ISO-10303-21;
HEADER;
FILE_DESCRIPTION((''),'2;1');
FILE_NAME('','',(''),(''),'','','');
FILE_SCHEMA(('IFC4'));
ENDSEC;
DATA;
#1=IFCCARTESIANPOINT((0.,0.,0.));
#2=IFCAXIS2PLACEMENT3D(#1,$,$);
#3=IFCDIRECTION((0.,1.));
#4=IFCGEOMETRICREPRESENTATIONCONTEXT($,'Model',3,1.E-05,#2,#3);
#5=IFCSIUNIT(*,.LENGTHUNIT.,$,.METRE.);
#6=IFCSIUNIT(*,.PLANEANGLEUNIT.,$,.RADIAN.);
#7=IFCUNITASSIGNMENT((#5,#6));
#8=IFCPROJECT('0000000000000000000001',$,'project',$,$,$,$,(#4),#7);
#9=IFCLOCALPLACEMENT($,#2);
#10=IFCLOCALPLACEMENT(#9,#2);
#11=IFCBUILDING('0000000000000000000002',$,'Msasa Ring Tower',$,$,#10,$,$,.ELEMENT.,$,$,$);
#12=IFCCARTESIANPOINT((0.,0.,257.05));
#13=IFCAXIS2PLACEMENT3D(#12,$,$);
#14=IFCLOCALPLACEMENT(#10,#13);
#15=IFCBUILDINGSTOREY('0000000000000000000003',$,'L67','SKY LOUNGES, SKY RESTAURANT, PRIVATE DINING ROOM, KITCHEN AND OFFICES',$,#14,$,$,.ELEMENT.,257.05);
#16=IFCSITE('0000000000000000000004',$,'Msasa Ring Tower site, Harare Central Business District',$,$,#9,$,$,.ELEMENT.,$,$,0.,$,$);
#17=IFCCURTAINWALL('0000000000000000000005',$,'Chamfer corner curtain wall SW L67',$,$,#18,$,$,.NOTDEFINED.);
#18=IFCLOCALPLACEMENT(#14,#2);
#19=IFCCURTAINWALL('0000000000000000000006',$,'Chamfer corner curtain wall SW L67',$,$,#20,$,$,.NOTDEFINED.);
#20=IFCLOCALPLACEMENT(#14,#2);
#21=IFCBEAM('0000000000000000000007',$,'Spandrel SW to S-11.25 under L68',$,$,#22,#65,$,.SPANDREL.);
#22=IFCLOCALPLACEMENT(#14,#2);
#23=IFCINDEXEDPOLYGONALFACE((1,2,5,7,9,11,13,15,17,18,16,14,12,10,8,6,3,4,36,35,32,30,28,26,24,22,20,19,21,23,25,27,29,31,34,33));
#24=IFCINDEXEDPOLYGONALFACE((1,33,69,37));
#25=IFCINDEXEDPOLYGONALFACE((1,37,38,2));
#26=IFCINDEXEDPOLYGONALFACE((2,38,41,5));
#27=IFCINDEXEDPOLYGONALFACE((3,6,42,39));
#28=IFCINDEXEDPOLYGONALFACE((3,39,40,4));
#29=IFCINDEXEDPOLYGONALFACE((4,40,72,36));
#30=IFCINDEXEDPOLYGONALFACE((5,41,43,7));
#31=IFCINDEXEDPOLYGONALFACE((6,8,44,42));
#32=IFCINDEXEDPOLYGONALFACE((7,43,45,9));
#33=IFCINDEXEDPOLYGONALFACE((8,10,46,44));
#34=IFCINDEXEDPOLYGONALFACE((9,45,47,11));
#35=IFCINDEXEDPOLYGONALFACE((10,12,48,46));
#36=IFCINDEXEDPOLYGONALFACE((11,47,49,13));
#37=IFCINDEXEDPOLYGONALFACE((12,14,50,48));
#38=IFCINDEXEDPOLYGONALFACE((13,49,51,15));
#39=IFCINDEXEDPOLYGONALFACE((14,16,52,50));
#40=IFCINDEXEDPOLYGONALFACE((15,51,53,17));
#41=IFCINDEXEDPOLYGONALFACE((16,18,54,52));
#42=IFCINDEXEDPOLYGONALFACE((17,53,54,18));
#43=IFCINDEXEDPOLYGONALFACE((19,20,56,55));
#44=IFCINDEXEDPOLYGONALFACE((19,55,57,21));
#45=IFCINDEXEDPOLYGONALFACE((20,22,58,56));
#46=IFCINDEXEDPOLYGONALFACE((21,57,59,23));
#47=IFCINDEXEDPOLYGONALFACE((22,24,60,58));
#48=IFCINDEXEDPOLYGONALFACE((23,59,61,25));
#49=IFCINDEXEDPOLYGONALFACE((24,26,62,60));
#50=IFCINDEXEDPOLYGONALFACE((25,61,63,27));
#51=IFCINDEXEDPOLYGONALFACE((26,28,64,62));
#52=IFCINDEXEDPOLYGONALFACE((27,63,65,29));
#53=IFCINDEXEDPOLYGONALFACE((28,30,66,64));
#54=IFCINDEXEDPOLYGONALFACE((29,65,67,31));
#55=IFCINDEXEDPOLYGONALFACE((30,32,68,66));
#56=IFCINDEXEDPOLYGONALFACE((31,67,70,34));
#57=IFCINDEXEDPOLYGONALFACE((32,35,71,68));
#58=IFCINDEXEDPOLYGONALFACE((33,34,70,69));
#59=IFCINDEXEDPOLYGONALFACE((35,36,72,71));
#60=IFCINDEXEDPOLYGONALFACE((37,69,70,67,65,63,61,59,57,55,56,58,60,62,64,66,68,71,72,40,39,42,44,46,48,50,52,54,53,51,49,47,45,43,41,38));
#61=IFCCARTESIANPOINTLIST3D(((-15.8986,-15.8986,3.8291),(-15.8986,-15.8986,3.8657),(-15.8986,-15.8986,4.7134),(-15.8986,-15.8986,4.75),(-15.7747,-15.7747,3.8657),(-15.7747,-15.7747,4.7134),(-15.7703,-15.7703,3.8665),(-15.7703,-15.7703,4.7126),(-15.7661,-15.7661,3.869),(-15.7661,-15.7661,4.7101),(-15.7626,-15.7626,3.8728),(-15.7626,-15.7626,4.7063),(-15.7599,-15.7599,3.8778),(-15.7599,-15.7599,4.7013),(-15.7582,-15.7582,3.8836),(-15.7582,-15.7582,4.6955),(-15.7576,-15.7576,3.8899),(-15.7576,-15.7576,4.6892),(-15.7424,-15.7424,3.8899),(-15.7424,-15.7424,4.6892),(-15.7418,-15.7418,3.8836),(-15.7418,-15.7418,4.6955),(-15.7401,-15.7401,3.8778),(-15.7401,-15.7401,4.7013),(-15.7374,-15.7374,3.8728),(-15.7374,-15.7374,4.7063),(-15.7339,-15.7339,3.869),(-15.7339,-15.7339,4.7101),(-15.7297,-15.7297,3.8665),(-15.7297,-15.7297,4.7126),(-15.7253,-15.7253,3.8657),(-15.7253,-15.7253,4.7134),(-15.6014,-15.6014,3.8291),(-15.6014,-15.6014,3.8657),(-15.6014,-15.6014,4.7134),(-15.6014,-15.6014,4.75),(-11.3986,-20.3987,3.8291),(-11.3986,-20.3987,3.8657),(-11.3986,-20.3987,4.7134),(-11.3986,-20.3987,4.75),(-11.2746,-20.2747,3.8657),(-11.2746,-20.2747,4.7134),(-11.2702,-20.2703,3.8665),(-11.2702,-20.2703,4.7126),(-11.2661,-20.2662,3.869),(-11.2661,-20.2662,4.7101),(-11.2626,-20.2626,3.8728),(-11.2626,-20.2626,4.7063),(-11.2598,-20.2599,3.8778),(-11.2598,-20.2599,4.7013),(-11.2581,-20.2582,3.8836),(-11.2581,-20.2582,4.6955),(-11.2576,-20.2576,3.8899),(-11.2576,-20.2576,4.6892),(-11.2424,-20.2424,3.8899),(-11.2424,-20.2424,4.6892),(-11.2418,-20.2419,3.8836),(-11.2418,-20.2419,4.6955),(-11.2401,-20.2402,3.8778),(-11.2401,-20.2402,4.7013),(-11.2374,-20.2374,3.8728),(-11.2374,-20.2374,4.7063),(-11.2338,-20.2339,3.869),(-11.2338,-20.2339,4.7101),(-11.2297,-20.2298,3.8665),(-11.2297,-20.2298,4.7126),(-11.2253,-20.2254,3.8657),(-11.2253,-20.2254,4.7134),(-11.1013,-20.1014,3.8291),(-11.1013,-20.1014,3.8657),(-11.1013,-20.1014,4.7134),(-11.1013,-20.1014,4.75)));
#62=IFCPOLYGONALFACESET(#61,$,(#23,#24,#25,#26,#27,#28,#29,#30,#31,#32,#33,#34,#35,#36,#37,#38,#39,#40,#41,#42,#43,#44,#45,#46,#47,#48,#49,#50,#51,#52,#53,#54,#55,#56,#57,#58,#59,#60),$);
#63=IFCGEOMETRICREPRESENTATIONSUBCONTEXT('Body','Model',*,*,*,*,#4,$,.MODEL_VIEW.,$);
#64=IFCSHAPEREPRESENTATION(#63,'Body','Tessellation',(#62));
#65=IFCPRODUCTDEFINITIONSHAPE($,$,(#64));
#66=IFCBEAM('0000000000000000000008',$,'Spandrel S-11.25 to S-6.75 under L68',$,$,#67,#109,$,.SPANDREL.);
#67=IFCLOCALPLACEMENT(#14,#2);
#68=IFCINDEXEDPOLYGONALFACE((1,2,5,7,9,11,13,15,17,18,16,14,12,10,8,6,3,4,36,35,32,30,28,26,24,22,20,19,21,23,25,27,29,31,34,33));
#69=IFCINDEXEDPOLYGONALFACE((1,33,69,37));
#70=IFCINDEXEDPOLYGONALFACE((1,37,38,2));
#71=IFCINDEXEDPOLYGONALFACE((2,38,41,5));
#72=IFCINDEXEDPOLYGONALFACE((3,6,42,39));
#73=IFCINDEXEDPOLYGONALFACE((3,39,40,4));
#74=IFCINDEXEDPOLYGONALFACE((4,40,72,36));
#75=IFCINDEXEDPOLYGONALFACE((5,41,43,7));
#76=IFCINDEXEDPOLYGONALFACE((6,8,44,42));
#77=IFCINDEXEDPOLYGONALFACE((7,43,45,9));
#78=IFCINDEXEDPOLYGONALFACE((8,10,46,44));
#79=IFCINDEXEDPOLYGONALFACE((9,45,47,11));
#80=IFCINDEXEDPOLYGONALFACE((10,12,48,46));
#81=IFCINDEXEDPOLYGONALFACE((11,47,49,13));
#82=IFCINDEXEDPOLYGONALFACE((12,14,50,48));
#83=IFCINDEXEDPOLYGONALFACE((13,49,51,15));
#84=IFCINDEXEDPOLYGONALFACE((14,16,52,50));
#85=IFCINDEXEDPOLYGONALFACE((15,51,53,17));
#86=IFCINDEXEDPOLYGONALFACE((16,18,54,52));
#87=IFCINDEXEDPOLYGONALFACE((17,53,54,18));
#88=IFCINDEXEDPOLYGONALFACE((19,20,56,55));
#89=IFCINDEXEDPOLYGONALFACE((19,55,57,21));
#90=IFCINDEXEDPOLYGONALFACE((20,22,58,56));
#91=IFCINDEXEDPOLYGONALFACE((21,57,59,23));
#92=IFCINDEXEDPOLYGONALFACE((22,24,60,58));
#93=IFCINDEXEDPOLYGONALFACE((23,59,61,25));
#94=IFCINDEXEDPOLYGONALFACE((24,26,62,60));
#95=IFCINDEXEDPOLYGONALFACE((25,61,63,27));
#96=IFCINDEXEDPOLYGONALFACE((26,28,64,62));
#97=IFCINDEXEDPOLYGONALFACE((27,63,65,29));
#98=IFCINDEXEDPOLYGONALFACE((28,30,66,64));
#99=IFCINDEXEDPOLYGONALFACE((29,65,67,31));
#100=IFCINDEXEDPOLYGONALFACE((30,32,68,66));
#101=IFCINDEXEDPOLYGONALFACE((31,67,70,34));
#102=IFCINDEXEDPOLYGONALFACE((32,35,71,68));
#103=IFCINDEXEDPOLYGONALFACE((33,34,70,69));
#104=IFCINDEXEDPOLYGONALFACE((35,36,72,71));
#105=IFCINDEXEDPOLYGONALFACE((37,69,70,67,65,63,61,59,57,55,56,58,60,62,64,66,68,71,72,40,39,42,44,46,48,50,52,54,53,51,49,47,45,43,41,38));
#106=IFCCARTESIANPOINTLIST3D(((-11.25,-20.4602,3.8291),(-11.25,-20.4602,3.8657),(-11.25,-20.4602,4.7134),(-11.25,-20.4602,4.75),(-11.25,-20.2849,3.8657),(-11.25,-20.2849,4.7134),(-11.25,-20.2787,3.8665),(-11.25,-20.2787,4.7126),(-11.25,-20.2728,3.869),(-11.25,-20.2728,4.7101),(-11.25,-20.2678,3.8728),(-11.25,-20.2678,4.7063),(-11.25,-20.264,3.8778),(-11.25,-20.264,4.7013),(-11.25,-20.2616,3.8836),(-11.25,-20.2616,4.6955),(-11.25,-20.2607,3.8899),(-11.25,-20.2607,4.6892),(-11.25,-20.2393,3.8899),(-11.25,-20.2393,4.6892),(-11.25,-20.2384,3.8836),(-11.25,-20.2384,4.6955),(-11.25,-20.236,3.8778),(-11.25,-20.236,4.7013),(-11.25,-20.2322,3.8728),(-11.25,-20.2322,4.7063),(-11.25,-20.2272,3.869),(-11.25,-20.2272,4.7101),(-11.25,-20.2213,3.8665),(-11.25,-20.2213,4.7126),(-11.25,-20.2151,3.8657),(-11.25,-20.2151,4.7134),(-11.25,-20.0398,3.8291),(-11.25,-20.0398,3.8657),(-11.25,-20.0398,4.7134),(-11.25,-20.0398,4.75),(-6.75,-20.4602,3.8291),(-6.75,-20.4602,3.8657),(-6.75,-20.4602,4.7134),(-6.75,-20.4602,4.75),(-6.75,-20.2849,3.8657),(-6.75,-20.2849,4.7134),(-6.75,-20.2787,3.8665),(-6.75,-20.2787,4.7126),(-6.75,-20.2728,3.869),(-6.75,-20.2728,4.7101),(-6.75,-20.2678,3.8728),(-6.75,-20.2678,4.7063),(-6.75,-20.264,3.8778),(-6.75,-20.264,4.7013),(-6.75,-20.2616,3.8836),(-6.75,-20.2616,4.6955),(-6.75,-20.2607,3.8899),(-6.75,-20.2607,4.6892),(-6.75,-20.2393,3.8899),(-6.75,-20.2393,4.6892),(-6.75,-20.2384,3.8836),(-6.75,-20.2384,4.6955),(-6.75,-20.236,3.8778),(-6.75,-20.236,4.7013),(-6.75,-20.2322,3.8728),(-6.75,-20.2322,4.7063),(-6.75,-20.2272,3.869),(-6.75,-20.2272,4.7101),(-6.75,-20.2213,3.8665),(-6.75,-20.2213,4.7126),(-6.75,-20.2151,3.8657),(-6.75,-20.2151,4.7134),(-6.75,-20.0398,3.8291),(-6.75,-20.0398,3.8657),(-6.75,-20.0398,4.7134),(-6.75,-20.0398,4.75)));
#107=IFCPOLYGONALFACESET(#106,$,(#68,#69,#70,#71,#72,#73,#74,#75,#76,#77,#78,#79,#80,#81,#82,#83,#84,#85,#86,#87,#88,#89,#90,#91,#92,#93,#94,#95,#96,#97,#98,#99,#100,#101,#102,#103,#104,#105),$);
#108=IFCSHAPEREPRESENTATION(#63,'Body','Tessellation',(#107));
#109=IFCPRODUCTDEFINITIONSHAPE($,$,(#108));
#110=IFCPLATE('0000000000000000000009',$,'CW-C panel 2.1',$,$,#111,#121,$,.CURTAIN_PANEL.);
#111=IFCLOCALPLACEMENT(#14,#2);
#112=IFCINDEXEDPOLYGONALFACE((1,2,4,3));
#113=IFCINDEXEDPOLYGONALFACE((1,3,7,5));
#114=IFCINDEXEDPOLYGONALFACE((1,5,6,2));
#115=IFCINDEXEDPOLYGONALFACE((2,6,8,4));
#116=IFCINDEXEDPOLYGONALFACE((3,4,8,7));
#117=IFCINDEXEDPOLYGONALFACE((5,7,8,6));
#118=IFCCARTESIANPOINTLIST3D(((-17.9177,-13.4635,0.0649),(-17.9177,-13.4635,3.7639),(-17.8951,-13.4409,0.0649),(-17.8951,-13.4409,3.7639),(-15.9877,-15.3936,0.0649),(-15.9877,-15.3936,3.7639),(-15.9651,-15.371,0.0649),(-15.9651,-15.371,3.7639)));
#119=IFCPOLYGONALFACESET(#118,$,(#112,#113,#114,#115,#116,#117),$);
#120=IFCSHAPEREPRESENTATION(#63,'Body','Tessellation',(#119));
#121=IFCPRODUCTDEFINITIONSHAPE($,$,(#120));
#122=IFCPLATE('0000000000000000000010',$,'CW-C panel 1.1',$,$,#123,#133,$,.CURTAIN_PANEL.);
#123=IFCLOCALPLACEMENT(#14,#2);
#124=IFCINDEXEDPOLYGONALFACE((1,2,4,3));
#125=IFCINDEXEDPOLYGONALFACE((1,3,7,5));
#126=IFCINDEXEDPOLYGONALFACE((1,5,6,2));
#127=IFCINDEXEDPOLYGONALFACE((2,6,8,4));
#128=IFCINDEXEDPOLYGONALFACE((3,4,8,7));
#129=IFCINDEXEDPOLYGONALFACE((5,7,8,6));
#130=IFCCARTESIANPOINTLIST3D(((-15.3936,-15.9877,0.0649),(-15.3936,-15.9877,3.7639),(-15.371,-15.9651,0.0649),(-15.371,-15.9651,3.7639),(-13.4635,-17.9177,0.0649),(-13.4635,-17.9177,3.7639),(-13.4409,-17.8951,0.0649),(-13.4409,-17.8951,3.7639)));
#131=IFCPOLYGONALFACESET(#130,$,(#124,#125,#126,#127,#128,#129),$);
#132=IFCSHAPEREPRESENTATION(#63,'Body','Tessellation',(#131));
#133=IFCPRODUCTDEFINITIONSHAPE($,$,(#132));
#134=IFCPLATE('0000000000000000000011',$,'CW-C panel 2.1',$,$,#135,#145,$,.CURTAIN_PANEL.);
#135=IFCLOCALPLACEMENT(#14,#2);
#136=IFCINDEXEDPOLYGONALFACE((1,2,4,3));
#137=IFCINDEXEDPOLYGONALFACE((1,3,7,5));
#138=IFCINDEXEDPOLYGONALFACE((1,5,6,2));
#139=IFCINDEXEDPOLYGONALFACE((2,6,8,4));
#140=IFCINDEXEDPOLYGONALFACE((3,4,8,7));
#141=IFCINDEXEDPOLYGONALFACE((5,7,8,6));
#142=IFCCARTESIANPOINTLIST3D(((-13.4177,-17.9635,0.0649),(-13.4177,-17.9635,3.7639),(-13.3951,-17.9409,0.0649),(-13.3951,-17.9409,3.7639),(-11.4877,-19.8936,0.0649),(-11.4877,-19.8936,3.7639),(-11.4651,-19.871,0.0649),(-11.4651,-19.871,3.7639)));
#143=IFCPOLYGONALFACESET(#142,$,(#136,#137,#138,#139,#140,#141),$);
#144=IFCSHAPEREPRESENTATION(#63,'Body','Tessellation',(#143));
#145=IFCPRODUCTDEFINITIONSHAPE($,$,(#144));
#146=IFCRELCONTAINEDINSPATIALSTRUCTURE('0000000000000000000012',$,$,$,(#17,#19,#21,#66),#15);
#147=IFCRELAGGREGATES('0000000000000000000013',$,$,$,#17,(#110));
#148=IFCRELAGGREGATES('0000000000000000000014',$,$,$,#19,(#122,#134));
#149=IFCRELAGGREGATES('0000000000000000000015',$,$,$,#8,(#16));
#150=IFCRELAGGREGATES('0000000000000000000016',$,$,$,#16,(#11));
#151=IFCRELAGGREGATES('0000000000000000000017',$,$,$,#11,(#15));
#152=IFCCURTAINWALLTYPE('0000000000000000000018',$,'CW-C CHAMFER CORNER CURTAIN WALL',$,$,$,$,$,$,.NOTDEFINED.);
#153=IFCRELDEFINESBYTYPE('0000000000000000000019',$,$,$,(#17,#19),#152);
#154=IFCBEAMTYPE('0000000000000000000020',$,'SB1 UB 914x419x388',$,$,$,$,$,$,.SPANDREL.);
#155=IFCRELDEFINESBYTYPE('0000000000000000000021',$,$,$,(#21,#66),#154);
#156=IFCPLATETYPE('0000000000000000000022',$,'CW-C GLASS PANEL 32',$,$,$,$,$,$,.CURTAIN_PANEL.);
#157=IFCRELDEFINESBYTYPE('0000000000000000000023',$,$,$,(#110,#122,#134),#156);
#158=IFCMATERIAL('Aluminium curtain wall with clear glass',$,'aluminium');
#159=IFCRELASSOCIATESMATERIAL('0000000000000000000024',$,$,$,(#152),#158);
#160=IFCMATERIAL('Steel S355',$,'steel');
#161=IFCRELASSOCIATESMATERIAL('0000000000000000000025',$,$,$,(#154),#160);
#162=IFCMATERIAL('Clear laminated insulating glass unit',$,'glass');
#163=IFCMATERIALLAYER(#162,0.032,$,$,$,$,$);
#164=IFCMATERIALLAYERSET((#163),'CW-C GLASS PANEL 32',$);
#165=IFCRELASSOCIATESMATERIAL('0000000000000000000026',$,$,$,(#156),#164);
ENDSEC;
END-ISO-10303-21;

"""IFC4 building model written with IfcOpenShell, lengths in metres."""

from ifc_helpers import new_model, si_unit, direction, frame, origin, origin_2d, place, context, subcontext, project, spatial, rectangle, i_section, extrude, material, layer, layer_set, material_profile, profile_set, type_object, element, aggregate, save


model = new_model("IFC4")

# Units and contexts
model_context = context("Model", 3, precision=1e-05, world=origin(), true_north=direction((0.0, 1.0)))
body_context = subcontext(model_context, "Body", "Model", "MODEL_VIEW")
ifc_project = project(units=[si_unit("LENGTHUNIT", "METRE"), si_unit("PLANEANGLEUNIT", "RADIAN")], contexts=[model_context])

# Site, building, storey
site_placement = place(None, origin())
site = spatial("IfcSite", under=ifc_project, at=site_placement, Name="Msasa Ring Tower site, Harare Central Business District", CompositionType="ELEMENT", RefElevation=0.0)
building_placement = place(site_placement, origin())
building = spatial("IfcBuilding", under=site, at=building_placement, Name="Msasa Ring Tower", CompositionType="ELEMENT")
storey_placement = place(building_placement, frame((0.0, 0.0, 257.05)))
storey = spatial("IfcBuildingStorey", under=building, at=storey_placement, Name="L67", Description="SKY LOUNGES, SKY RESTAURANT, PRIVATE DINING ROOM, KITCHEN AND OFFICES", CompositionType="ELEMENT", Elevation=257.05)

# Curtain walls
ifc_material_1 = material(Name="Aluminium curtain wall with clear glass", Category="aluminium")
curtain_wall_type = type_object("IfcCurtainWallType", Name="CW-C CHAMFER CORNER CURTAIN WALL", PredefinedType="NOTDEFINED", material=ifc_material_1)
curtain_wall_1_placement = place(storey_placement, origin())
curtain_wall_1 = element("IfcCurtainWall", 1, at=curtain_wall_1_placement, inside=storey, type_object=curtain_wall_type, Name="Chamfer corner curtain wall SW L67", PredefinedType="NOTDEFINED")
curtain_wall_2_placement = place(storey_placement, origin())
curtain_wall_2 = element("IfcCurtainWall", 2, at=curtain_wall_2_placement, inside=storey, type_object=curtain_wall_type, Name="Chamfer corner curtain wall SW L67", PredefinedType="NOTDEFINED")

# Beams
ifc_material_2 = material(Name="Steel S355", Category="steel")
ifc_material_profile_1 = material_profile(ifc_material_2, i_section(OverallWidth=0.4204, OverallDepth=0.9209, WebThickness=0.0215, FlangeThickness=0.0366, FilletRadius=0.0242, at=origin_2d()), Name="UB 914x419x388")
ifc_profile_set_1 = profile_set([ifc_material_profile_1], Name="Steel S355")
beam_type = type_object("IfcBeamType", Name="SB1 UB 914x419x388", PredefinedType="SPANDREL", material=ifc_profile_set_1)
beam_1_placement = place(storey_placement, frame((-15.75, -15.75, 4.2896), z_axis=(0.707107, -0.707107, 0.0), x_axis=(0.707107, 0.707107, 0.0)))
element("IfcBeam", 3, at=beam_1_placement, inside=storey, type_object=beam_type, Name="Spandrel SW to S-11.25 under L68", PredefinedType="SPANDREL", context=body_context, shape_type="SweptSolid", body=[
    extrude(i_section(OverallWidth=0.4204, OverallDepth=0.9209, WebThickness=0.0215, FlangeThickness=0.0366, FilletRadius=0.0242, at=origin_2d()), origin(), (0.0, 0.0, 1.0), 6.364),
])
beam_2_placement = place(storey_placement, frame((-11.25, -20.25, 4.2896), z_axis=(1.0, 0.0, 0.0), x_axis=(0.0, 1.0, 0.0)))
element("IfcBeam", 4, at=beam_2_placement, inside=storey, type_object=beam_type, Name="Spandrel S-11.25 to S-6.75 under L68", PredefinedType="SPANDREL", context=body_context, shape_type="SweptSolid", body=[
    extrude(i_section(OverallWidth=0.4204, OverallDepth=0.9209, WebThickness=0.0215, FlangeThickness=0.0366, FilletRadius=0.0242, at=origin_2d()), origin(), (0.0, 0.0, 1.0), 4.5),
])

# Plates
ifc_material_3 = material(Name="Clear laminated insulating glass unit", Category="glass")
ifc_layer = layer(ifc_material_3, 0.032)
ifc_layer_set = layer_set([ifc_layer], Name="CW-C GLASS PANEL 32")
plate_type = type_object("IfcPlateType", Name="CW-C GLASS PANEL 32", PredefinedType="CURTAIN_PANEL", material=ifc_layer_set)
plate_1_placement = place(storey_placement, frame((-16.9414, -14.4172, 0.0649), z_axis=(0.0, 0.0, 1.0), x_axis=(0.707107, -0.707107, 0.0)))
plate_1 = element("IfcPlate", 5, at=plate_1_placement, type_object=plate_type, Name="CW-C panel 2.1", PredefinedType="CURTAIN_PANEL", context=body_context, shape_type="SweptSolid", body=[
    extrude(rectangle(XDim=2.7295, YDim=0.032, at=origin_2d()), origin(), (0.0, 0.0, 1.0), 3.699),
])
aggregate(curtain_wall_1, [plate_1])
plate_2_placement = place(storey_placement, frame((-14.4172, -16.9414, 0.0649), z_axis=(0.0, 0.0, 1.0), x_axis=(0.707107, -0.707107, 0.0)))
plate_2 = element("IfcPlate", 6, at=plate_2_placement, type_object=plate_type, Name="CW-C panel 1.1", PredefinedType="CURTAIN_PANEL", context=body_context, shape_type="SweptSolid", body=[
    extrude(rectangle(XDim=2.7295, YDim=0.032, at=origin_2d()), origin(), (0.0, 0.0, 1.0), 3.699),
])
plate_3_placement = place(storey_placement, frame((-12.4414, -18.9172, 0.0649), z_axis=(0.0, 0.0, 1.0), x_axis=(0.707107, -0.707107, 0.0)))
plate_3 = element("IfcPlate", 7, at=plate_3_placement, type_object=plate_type, Name="CW-C panel 2.1", PredefinedType="CURTAIN_PANEL", context=body_context, shape_type="SweptSolid", body=[
    extrude(rectangle(XDim=2.7295, YDim=0.032, at=origin_2d()), origin(), (0.0, 0.0, 1.0), 3.699),
])
aggregate(curtain_wall_2, [plate_2, plate_3])

save(model, "model.ifc")
